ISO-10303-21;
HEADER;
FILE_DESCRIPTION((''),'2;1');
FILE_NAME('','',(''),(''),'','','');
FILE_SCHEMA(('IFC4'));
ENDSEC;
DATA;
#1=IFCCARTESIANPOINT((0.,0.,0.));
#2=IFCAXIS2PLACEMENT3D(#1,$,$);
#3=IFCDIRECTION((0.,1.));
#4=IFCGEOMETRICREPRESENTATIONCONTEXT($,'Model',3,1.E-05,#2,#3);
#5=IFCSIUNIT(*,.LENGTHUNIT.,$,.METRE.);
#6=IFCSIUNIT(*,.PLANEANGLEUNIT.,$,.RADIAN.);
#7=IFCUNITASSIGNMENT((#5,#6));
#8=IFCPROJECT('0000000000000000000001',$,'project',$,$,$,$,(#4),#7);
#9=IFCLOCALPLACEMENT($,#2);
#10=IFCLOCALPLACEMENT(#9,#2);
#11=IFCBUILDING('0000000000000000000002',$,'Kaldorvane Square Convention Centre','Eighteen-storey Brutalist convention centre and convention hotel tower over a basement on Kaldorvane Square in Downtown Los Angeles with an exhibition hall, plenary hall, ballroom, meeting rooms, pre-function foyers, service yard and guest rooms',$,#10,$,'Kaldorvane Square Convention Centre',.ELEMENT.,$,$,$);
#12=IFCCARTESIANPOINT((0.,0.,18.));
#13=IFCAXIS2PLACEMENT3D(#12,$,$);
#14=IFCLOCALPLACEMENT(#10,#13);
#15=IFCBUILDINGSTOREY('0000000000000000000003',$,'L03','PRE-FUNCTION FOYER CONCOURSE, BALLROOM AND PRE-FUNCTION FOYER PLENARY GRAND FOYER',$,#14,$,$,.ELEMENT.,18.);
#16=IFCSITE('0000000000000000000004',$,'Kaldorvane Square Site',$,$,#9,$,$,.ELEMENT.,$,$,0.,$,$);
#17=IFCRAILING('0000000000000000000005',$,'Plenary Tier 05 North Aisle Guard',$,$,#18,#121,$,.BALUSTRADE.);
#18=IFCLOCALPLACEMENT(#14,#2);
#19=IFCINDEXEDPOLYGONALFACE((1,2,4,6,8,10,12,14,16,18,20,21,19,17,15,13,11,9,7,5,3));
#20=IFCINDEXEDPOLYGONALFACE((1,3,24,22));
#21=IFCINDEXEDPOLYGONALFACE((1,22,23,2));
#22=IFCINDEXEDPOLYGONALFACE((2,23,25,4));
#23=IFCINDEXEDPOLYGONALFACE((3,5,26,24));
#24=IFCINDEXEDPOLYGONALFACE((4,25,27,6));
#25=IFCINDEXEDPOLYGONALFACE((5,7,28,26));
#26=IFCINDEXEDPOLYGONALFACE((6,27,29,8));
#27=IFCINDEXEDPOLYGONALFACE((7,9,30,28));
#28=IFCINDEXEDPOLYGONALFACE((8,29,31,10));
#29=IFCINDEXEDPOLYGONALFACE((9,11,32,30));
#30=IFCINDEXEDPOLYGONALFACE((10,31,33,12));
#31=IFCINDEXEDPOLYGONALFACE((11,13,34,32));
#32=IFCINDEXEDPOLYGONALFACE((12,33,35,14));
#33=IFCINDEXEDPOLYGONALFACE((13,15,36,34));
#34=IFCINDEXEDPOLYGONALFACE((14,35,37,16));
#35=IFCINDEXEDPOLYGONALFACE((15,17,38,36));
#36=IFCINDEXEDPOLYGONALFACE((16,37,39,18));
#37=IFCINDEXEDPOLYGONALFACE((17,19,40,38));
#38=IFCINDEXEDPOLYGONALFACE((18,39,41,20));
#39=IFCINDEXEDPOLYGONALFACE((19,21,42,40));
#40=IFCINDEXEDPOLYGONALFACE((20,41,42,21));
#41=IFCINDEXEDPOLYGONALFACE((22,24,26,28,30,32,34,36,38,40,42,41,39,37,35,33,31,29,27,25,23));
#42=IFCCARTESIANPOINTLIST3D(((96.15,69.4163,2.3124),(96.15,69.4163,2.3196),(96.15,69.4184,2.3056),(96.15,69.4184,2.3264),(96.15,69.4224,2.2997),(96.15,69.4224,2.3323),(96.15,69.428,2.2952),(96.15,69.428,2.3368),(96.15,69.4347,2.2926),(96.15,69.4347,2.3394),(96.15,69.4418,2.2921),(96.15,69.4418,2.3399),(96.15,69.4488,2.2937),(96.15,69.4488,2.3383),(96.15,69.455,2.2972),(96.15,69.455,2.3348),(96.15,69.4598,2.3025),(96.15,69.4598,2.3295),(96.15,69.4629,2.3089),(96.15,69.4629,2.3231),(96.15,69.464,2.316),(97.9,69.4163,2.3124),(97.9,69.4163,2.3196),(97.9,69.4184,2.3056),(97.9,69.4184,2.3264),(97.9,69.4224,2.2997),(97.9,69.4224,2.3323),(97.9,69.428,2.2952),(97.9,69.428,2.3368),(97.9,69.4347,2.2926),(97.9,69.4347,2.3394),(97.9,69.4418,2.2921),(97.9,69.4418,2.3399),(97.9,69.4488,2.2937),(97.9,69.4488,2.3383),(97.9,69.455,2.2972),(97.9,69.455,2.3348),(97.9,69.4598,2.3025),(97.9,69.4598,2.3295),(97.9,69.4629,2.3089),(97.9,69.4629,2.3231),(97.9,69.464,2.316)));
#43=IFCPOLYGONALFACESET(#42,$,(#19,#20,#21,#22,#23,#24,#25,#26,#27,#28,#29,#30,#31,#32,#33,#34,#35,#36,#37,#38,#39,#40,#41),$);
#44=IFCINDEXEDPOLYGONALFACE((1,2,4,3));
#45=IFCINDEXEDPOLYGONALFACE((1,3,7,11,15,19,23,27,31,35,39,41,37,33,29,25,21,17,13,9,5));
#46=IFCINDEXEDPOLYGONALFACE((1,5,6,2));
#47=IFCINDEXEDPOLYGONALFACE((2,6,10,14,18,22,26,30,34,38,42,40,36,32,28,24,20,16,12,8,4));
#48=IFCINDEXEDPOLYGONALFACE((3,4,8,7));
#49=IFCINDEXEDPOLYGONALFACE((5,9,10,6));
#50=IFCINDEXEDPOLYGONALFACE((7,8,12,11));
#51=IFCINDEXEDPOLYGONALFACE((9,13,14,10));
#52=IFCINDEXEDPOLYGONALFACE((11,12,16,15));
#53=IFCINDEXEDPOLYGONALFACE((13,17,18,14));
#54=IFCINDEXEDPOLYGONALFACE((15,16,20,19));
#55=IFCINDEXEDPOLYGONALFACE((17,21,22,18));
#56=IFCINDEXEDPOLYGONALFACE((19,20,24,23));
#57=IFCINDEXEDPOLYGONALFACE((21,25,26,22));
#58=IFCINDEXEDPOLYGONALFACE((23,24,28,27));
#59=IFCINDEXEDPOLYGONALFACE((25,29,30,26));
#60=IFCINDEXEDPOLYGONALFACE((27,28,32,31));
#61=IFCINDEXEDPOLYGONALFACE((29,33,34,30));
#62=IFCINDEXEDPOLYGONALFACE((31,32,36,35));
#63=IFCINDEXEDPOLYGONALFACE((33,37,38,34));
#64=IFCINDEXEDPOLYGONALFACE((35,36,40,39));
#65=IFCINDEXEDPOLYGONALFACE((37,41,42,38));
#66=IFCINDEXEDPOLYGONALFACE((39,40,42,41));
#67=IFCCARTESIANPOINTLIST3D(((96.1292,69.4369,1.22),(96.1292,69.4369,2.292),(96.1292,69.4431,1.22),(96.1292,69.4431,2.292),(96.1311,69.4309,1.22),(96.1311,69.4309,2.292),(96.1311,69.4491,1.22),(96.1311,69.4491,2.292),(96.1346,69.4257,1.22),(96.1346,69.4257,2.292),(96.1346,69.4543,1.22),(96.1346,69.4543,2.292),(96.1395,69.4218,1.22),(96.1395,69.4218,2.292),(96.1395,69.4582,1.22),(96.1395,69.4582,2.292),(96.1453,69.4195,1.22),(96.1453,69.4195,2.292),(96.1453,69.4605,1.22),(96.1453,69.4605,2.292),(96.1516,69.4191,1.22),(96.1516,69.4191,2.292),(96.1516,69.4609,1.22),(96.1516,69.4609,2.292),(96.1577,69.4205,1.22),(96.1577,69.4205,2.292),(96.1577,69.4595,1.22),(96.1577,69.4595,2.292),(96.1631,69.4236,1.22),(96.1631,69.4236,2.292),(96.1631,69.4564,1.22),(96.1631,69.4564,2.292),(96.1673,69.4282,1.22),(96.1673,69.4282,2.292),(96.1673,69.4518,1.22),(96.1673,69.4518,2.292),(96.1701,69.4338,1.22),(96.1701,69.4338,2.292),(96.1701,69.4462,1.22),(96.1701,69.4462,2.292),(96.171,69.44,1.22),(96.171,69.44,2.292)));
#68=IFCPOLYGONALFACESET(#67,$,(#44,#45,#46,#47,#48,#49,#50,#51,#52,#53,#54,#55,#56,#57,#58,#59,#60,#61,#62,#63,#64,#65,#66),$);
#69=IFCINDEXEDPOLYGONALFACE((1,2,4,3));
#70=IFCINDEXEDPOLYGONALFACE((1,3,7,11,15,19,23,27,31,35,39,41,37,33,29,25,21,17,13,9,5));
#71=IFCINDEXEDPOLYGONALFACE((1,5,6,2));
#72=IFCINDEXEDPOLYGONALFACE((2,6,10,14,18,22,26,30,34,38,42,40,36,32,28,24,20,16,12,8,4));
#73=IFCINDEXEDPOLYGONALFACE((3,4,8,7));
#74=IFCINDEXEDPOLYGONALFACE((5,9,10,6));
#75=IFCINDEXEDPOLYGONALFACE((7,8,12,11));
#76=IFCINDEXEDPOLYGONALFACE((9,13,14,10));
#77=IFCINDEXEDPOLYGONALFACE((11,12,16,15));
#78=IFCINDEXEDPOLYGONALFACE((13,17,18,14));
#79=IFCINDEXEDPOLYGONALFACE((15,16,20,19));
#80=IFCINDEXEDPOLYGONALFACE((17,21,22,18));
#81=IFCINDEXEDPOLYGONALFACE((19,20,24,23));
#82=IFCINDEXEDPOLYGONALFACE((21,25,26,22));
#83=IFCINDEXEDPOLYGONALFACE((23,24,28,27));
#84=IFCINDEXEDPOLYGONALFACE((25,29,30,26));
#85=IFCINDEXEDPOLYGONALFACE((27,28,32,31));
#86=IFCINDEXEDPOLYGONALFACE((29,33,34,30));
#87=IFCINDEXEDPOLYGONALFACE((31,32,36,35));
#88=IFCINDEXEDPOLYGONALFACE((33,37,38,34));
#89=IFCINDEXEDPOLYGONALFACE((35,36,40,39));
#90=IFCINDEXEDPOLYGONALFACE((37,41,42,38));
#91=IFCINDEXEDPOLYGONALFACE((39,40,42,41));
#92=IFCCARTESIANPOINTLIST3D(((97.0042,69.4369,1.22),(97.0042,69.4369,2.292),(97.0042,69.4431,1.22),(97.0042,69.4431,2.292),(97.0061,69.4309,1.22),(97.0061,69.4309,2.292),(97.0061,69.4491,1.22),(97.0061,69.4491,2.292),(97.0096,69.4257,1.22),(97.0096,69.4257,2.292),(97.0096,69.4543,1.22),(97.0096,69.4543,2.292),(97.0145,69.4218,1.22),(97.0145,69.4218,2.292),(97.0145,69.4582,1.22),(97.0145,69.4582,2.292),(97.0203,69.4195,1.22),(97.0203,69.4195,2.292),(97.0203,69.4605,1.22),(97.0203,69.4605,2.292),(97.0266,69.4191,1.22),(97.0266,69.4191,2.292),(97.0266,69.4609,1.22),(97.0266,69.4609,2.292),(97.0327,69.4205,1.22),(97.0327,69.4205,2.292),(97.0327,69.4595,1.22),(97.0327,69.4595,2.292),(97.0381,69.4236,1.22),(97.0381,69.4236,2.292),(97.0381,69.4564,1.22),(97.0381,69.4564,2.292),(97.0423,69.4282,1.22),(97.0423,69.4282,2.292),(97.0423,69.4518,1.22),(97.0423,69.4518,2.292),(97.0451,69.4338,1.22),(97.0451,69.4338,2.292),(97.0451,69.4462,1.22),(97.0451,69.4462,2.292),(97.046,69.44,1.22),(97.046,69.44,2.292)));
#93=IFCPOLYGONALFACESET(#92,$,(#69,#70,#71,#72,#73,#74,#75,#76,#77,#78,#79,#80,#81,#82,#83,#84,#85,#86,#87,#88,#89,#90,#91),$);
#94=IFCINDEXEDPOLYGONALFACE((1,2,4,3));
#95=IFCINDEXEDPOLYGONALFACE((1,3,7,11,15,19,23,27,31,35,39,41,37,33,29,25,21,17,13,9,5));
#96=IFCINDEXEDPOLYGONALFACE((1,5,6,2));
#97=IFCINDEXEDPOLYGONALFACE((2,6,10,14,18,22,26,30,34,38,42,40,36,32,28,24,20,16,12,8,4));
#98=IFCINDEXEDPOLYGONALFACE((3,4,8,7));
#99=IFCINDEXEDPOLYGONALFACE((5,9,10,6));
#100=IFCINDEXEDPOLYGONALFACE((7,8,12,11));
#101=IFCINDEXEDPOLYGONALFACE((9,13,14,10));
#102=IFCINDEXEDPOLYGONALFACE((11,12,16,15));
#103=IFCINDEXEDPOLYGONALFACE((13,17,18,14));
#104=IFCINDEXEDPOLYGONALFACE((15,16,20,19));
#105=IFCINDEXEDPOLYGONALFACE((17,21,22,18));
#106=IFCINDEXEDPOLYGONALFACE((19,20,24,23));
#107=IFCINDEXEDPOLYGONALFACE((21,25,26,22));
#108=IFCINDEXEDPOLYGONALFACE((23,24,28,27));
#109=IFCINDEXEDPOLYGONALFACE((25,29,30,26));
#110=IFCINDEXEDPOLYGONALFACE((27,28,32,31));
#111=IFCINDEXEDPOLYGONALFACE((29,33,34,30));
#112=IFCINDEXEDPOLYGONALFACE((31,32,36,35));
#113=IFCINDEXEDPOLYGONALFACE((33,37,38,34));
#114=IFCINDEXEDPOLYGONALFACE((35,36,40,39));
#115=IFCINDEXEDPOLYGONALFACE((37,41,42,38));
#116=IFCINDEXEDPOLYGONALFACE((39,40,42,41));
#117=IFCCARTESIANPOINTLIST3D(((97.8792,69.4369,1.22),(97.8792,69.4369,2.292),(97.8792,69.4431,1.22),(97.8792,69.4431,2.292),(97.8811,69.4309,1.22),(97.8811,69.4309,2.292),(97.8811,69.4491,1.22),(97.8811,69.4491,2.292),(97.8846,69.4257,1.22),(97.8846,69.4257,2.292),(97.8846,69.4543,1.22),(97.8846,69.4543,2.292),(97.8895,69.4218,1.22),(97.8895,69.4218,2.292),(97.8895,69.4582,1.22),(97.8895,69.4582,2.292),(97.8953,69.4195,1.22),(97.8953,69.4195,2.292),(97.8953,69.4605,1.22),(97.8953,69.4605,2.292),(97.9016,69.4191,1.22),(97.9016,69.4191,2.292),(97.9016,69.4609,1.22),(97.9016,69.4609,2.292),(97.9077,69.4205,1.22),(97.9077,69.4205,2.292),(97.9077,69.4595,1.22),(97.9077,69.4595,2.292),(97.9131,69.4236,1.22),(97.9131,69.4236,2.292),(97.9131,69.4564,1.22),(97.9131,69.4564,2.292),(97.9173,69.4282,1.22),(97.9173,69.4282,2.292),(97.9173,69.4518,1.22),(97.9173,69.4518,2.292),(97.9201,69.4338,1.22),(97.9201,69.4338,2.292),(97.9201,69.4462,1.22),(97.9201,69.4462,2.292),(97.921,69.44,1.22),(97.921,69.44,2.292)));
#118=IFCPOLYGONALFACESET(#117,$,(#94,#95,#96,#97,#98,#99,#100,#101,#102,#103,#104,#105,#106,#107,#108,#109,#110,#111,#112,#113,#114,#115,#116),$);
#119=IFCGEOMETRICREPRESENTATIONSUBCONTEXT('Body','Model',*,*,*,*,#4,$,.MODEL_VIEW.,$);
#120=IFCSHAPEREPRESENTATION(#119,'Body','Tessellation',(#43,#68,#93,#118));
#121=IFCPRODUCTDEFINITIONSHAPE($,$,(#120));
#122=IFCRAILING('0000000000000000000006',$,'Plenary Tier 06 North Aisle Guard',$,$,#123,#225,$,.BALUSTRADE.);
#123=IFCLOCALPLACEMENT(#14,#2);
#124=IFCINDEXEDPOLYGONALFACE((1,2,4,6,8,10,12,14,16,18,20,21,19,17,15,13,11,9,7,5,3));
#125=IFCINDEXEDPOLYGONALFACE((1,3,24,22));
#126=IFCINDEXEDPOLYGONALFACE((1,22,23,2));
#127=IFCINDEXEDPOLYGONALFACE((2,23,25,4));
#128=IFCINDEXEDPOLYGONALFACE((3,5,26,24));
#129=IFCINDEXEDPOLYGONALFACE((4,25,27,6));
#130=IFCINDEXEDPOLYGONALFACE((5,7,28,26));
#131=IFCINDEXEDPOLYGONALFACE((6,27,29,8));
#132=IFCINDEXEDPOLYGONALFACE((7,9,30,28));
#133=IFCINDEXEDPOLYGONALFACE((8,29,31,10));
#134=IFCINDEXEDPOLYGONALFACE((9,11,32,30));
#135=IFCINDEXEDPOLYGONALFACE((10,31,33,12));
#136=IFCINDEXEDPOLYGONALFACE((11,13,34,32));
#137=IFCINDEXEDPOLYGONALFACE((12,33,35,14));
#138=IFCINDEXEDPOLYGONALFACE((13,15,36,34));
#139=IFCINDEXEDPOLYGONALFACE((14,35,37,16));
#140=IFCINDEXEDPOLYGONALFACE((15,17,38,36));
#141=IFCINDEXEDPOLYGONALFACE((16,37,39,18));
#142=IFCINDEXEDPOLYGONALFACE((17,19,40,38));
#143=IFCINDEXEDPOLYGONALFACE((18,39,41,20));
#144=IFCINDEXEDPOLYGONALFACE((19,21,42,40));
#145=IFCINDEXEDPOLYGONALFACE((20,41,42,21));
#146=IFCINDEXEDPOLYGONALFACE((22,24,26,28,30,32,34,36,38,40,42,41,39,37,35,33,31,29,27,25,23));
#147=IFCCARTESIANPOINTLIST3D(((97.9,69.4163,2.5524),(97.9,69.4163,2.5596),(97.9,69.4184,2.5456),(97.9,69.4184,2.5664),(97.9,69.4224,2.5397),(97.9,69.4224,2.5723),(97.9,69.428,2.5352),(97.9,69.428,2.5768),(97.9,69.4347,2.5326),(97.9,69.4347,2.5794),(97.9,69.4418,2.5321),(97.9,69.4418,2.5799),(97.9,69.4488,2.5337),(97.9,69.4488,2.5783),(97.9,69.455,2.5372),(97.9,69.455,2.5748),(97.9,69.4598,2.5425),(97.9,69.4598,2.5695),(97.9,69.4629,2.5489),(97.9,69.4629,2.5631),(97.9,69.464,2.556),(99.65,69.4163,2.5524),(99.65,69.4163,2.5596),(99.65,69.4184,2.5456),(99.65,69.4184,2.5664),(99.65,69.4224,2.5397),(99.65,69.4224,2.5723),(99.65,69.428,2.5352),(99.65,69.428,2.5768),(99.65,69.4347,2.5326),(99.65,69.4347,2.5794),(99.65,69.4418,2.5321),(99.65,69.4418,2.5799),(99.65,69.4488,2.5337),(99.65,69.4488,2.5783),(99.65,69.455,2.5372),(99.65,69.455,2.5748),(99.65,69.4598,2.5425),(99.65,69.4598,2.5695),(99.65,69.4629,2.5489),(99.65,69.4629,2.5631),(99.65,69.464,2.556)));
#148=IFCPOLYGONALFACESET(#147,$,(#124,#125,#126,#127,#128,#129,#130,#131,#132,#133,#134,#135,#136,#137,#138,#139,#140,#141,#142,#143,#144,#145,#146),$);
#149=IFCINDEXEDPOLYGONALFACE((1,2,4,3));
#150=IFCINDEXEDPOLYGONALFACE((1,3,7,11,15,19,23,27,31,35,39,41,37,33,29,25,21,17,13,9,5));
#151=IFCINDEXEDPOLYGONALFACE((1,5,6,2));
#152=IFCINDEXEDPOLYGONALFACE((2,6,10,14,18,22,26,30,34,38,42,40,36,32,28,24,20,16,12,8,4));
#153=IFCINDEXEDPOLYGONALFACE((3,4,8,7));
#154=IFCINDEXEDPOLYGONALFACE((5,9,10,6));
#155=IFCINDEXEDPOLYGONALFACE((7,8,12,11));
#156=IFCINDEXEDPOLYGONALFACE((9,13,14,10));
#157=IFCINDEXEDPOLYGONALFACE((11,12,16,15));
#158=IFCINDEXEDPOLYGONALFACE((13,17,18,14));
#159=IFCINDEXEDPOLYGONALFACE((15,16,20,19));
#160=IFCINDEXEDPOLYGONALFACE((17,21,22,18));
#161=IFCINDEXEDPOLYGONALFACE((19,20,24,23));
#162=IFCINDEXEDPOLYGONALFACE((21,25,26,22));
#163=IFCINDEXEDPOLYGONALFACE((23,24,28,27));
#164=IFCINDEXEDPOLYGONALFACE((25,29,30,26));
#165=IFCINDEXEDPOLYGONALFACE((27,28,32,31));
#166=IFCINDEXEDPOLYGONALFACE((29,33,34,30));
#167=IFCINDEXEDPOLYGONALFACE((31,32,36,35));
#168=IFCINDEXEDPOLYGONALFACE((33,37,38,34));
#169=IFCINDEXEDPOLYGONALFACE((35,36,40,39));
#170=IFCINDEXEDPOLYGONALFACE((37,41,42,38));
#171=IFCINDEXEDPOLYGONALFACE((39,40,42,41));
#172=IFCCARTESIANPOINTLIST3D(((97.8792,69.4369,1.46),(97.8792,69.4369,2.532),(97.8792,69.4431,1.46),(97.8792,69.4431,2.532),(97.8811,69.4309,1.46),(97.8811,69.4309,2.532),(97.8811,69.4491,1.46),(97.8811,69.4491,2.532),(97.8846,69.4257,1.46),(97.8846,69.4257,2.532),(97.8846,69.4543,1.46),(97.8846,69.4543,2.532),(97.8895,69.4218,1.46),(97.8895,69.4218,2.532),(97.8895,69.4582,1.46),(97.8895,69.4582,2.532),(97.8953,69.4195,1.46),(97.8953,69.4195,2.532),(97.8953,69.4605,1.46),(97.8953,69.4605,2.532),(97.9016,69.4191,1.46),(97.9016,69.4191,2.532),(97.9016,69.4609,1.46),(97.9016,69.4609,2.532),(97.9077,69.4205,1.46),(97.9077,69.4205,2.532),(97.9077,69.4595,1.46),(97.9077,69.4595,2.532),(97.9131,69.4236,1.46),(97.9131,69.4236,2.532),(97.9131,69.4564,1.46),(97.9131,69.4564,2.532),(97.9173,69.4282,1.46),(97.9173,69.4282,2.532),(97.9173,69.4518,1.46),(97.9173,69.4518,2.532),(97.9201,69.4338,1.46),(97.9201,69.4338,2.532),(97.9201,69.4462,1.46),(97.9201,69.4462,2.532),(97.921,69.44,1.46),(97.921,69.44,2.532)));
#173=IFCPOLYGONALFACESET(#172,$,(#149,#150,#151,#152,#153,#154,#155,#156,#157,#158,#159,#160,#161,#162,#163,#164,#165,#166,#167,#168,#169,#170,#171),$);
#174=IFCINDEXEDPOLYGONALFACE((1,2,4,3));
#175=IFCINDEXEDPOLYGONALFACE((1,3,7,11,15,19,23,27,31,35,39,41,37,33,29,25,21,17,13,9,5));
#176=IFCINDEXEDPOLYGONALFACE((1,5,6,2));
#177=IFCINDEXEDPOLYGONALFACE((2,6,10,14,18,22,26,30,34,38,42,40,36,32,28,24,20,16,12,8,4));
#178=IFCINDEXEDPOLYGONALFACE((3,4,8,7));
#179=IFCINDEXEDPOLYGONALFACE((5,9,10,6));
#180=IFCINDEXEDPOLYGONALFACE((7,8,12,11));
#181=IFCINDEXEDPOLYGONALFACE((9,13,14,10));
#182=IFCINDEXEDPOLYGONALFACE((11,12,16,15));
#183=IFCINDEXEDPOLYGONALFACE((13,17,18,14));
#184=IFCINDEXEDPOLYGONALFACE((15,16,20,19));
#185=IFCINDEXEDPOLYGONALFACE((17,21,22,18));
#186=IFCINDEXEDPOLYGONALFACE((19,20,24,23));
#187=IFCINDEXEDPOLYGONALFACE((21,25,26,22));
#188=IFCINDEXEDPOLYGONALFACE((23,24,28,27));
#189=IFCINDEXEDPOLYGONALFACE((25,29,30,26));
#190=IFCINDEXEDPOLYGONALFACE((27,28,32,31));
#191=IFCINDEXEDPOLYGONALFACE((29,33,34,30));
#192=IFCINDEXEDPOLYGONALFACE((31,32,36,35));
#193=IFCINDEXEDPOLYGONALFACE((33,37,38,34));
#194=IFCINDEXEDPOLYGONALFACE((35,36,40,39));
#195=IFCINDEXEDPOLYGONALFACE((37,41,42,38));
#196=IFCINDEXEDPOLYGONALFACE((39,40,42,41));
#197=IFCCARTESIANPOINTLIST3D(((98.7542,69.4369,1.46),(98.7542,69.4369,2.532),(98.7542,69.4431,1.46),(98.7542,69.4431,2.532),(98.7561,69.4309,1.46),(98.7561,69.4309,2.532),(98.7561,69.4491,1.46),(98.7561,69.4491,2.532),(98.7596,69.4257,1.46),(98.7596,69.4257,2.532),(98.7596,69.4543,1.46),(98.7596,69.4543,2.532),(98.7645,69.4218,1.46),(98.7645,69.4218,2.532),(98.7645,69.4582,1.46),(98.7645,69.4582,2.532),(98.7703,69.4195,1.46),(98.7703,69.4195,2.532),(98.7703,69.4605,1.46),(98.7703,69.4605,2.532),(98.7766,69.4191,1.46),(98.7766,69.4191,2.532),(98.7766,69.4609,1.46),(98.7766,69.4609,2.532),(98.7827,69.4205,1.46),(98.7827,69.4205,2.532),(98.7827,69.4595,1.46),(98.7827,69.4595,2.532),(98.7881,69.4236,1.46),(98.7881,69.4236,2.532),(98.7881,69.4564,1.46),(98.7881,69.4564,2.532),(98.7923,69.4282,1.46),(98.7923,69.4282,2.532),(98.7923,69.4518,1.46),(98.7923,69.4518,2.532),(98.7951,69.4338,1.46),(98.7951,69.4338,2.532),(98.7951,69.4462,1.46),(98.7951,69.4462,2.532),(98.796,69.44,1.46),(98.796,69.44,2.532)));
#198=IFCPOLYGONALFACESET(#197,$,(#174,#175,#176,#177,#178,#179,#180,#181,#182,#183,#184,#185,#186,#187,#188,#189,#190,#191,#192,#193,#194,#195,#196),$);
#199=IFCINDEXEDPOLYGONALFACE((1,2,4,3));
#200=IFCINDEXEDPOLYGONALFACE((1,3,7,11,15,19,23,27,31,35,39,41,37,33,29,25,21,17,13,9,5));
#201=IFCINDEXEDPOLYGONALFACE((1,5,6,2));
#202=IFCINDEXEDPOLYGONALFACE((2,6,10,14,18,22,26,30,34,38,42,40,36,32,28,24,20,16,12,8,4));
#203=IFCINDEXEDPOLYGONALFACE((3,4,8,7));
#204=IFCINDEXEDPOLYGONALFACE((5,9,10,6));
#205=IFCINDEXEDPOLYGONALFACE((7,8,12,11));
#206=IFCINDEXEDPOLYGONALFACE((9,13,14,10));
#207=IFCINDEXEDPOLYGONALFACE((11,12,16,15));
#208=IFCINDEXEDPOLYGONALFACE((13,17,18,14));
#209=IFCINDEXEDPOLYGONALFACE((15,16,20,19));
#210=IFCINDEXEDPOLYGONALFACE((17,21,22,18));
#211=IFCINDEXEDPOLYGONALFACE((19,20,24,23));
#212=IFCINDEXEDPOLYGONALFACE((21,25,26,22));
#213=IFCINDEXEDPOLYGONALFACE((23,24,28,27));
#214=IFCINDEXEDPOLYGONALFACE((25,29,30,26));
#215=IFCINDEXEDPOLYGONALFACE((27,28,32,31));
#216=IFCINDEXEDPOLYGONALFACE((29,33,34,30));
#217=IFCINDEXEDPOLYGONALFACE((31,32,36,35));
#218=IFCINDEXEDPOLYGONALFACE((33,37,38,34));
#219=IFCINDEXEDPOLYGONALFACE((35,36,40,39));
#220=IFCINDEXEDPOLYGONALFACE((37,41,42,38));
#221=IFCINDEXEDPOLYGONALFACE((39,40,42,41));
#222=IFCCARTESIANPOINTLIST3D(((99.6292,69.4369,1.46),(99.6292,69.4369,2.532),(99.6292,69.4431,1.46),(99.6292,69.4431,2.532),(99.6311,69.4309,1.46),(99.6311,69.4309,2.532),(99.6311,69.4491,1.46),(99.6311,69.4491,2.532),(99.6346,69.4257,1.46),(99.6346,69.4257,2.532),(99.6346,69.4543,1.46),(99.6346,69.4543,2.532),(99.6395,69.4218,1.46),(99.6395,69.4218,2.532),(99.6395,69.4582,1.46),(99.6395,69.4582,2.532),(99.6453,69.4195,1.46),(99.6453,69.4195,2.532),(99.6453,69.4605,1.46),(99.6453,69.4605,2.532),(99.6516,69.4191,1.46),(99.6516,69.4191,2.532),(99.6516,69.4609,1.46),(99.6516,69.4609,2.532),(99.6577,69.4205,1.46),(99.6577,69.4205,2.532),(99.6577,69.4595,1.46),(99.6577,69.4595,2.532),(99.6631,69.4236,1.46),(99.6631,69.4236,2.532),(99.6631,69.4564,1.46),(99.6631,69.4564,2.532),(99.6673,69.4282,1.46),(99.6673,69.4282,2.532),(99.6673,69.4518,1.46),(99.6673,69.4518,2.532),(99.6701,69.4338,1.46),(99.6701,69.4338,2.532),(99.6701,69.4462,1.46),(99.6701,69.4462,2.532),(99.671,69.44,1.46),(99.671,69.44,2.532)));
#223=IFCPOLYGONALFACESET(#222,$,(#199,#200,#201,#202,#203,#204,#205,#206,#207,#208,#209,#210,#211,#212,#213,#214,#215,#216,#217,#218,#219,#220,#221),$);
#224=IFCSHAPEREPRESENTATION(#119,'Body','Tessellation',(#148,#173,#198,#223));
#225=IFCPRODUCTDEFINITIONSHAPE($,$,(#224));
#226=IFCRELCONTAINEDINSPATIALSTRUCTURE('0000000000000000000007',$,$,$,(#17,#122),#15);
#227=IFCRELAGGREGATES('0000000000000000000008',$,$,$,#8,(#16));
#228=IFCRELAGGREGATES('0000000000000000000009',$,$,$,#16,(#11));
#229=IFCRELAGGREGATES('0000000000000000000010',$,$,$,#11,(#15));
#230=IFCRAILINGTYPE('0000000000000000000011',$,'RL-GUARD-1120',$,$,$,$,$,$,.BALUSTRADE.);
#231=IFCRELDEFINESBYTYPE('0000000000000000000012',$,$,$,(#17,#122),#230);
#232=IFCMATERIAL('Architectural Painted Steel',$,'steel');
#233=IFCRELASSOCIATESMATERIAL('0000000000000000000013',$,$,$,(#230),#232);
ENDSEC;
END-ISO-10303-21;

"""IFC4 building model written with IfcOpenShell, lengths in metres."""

from ifc_helpers import new_model, si_unit, direction, frame, origin, origin_2d, place, context, subcontext, project, spatial, circle, extrude, material, type_object, element, save


model = new_model("IFC4")

# Units and contexts
model_context = context("Model", 3, precision=1e-05, world=origin(), true_north=direction((0.0, 1.0)))
body_context = subcontext(model_context, "Body", "Model", "MODEL_VIEW")
ifc_project = project(units=[si_unit("LENGTHUNIT", "METRE"), si_unit("PLANEANGLEUNIT", "RADIAN")], contexts=[model_context])

# Site, building, storey
site_placement = place(None, origin())
site = spatial("IfcSite", under=ifc_project, at=site_placement, Name="Kaldorvane Square Site", CompositionType="ELEMENT", RefElevation=0.0)
building_placement = place(site_placement, origin())
building = spatial("IfcBuilding", under=site, at=building_placement, Name="Kaldorvane Square Convention Centre", Description="Eighteen-storey Brutalist convention centre and convention hotel tower over a basement on Kaldorvane Square in Downtown Los Angeles with an exhibition hall, plenary hall, ballroom, meeting rooms, pre-function foyers, service yard and guest rooms", LongName="Kaldorvane Square Convention Centre", CompositionType="ELEMENT")
storey_placement = place(building_placement, frame((0.0, 0.0, 18.0)))
storey = spatial("IfcBuildingStorey", under=building, at=storey_placement, Name="L03", Description="PRE-FUNCTION FOYER CONCOURSE, BALLROOM AND PRE-FUNCTION FOYER PLENARY GRAND FOYER", CompositionType="ELEMENT", Elevation=18.0)

# Railings
ifc_material_1 = material(Name="Architectural Painted Steel", Category="steel")
railing_type_1 = type_object("IfcRailingType", Name="RL-GUARD-1120", PredefinedType="BALUSTRADE", material=ifc_material_1)
for number, where, name in (
    (1, (96.15, 69.44, 1.22), "Plenary Tier 05 North Aisle Guard"),
    (2, (97.9, 69.44, 1.46), "Plenary Tier 06 North Aisle Guard"),
):
    element("IfcRailing", number, at=place(storey_placement, frame(where)), inside=storey, type_object=railing_type_1, Name=name, PredefinedType="BALUSTRADE", context=body_context, shape_type="SweptSolid", body=[
        extrude(circle(Radius=0.024, at=origin_2d()), frame((0.0, 0.0, 1.096), z_axis=(1.0, 0.0, 0.0), x_axis=(0.0, 1.0, 0.0)), (0.0, 0.0, 1.0), 1.75),
        extrude(circle(Radius=0.021, at=origin_2d()), origin(), (0.0, 0.0, 1.0), 1.072),
        extrude(circle(Radius=0.021, at=origin_2d()), frame((0.875, 0.0, 0.0)), (0.0, 0.0, 1.0), 1.072),
        extrude(circle(Radius=0.021, at=origin_2d()), frame((1.75, 0.0, 0.0)), (0.0, 0.0, 1.0), 1.072),
    ])

save(model, "model.ifc")
